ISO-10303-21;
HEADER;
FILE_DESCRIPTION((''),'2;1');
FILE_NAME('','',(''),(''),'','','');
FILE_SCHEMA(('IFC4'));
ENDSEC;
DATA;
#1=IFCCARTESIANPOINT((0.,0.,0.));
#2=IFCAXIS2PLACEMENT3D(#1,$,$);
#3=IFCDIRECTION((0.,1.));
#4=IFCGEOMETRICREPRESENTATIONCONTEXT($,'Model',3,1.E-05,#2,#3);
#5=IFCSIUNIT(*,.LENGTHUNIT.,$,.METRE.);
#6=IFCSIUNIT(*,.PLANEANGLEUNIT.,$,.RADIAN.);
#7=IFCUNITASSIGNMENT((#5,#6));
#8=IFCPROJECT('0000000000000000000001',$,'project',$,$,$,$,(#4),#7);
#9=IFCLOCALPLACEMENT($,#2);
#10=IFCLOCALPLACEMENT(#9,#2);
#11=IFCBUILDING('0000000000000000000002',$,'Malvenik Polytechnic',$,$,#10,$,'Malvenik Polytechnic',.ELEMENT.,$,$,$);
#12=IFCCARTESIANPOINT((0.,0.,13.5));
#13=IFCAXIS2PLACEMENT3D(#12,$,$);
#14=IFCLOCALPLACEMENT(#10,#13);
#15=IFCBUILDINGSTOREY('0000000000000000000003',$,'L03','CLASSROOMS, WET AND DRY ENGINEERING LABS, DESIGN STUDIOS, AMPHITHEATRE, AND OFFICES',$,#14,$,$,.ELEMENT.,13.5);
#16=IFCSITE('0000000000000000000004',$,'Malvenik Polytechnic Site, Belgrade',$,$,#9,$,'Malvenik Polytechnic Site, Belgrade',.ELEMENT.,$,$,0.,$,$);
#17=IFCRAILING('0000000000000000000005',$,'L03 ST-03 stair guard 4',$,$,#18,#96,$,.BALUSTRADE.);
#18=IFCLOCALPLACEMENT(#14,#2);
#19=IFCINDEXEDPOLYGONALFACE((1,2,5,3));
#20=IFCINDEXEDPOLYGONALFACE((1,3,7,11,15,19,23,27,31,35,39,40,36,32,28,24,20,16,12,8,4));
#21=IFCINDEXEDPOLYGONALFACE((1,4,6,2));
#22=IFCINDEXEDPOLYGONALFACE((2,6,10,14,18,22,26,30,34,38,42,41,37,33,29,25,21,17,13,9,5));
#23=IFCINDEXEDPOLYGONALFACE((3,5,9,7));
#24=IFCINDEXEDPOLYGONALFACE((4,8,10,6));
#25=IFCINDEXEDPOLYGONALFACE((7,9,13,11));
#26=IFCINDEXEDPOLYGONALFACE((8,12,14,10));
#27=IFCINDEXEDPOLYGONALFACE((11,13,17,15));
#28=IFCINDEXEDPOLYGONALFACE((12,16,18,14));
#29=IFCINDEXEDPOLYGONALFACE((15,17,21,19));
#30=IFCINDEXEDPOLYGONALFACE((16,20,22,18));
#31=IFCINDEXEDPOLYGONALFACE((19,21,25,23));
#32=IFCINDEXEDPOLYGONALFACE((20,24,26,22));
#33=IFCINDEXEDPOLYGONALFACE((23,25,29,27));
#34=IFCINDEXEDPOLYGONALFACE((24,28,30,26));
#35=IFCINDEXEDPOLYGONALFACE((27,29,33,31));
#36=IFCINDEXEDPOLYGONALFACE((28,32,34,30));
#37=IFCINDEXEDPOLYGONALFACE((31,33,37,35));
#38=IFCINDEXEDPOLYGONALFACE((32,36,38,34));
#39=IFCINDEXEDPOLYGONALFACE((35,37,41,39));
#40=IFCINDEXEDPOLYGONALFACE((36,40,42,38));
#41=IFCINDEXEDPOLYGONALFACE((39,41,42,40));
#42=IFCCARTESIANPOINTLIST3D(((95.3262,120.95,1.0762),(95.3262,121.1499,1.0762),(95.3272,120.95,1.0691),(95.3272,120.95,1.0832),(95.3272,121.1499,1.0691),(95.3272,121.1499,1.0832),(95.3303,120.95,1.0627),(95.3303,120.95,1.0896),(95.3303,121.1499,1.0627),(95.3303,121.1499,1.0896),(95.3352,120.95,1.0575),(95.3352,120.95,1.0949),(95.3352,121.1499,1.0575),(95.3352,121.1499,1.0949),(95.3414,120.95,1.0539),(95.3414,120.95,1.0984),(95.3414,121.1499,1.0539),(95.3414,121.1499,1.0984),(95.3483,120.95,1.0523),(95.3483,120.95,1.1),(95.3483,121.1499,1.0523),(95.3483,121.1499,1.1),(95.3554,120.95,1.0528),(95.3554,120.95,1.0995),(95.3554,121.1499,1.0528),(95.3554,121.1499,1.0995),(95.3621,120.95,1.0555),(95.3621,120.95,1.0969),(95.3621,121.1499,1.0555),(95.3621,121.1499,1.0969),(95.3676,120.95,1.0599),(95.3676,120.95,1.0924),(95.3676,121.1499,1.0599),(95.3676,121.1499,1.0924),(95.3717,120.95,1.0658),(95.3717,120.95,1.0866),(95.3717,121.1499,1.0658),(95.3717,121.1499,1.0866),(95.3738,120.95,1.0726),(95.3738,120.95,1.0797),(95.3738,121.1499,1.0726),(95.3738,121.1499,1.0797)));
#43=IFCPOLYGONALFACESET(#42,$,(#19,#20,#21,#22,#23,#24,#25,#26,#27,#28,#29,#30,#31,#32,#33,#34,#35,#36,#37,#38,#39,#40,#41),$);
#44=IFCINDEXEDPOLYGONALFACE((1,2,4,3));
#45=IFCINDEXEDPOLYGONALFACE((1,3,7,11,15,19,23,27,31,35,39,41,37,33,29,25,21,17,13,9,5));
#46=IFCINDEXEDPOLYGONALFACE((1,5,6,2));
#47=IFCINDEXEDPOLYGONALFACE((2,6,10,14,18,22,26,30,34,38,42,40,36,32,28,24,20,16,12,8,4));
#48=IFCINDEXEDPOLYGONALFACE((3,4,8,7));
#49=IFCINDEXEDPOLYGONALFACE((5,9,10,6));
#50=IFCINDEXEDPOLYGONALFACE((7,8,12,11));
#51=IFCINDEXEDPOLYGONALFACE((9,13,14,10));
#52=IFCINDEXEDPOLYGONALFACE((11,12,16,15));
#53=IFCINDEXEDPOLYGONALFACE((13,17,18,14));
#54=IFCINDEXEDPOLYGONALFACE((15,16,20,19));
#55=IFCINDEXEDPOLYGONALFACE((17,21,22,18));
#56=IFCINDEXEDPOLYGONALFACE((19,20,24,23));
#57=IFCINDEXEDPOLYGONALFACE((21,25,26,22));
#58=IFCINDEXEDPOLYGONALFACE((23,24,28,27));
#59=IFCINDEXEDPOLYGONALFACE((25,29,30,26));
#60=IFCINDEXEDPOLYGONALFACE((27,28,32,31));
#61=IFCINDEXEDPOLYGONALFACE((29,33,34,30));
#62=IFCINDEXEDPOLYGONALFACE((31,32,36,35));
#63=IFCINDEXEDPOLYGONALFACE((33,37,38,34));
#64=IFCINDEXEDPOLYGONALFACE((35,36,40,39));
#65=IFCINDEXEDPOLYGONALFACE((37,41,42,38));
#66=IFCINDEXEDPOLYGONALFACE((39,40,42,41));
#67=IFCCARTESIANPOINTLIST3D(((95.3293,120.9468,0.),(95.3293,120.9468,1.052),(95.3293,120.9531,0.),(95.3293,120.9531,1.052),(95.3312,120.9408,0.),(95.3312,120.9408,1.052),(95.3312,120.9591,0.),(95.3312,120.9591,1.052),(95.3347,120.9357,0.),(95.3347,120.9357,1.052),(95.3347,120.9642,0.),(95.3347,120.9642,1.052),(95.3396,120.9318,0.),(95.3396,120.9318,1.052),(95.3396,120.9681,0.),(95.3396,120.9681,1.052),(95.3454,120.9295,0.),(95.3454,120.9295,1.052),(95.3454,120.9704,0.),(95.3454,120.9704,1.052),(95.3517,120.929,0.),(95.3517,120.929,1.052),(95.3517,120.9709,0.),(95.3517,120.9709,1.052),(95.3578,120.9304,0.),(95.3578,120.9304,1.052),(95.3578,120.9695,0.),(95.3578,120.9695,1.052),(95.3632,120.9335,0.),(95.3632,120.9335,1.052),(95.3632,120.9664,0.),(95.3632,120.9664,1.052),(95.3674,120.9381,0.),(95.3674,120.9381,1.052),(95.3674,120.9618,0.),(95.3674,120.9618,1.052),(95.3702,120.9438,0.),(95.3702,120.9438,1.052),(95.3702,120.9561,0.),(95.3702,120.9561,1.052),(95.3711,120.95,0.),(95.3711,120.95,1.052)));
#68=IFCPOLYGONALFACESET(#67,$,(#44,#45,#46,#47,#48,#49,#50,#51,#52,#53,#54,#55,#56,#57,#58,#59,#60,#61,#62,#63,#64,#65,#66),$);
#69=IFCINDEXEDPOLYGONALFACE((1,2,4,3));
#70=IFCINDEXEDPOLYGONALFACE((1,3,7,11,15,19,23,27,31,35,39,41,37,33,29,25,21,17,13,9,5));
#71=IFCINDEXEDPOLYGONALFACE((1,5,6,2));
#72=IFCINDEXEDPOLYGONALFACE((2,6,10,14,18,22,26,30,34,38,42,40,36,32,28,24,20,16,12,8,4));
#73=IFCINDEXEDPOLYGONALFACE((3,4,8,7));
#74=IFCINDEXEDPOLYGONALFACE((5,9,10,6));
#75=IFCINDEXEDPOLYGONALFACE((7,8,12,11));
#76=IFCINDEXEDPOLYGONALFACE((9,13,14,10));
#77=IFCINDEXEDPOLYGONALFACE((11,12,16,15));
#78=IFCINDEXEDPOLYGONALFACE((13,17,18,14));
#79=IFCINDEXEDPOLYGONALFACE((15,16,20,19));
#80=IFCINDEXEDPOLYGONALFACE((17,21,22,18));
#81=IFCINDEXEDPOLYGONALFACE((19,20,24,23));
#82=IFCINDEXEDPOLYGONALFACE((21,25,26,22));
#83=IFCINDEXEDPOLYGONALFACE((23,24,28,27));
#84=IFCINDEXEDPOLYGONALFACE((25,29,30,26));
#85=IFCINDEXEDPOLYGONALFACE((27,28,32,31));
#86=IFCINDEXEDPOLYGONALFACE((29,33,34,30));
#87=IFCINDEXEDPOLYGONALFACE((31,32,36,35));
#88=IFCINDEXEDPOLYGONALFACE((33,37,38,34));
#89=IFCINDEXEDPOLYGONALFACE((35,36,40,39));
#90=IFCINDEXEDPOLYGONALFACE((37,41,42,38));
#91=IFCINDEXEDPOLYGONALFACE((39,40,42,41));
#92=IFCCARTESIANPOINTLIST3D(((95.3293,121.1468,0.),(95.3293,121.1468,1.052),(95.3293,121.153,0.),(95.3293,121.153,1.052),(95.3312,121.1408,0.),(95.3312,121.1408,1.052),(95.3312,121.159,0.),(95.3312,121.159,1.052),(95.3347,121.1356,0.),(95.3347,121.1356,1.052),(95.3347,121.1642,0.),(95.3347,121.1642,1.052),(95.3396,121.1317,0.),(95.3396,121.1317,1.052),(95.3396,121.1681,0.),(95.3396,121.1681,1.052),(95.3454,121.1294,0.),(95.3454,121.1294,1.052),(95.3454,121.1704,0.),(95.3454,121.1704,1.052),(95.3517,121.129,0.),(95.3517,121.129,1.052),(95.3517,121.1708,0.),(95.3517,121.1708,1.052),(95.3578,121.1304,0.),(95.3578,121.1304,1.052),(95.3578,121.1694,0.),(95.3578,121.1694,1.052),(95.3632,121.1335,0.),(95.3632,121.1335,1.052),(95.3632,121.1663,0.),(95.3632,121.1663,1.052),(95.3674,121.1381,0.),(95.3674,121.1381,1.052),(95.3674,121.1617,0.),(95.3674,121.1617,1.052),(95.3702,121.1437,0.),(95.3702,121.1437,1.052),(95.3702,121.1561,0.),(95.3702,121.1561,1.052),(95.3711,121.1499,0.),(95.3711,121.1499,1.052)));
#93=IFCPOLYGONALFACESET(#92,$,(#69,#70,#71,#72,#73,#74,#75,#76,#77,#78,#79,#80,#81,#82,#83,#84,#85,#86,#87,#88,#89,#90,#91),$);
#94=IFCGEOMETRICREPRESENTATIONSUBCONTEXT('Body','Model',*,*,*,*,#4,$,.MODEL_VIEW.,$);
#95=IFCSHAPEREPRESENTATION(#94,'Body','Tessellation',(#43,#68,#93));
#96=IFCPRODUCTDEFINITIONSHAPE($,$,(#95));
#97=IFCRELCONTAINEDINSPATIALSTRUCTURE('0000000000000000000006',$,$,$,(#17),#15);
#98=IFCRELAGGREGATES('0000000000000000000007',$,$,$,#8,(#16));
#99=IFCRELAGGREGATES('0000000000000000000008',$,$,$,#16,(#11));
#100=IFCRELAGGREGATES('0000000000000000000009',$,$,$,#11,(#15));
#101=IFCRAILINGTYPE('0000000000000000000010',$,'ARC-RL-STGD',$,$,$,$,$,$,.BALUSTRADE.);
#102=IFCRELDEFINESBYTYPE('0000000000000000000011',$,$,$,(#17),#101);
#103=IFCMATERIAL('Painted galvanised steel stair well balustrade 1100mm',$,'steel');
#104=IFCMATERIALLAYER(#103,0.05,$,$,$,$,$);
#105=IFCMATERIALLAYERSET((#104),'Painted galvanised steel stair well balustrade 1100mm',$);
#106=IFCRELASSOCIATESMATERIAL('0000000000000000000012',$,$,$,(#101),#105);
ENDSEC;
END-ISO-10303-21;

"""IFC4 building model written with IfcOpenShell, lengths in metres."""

from ifc_helpers import new_model, si_unit, direction, frame, origin, origin_2d, place, context, subcontext, project, spatial, circle, extrude, material, layer, layer_set, type_object, element, save


model = new_model("IFC4")

# Units and contexts
model_context = context("Model", 3, precision=1e-05, world=origin(), true_north=direction((0.0, 1.0)))
body_context = subcontext(model_context, "Body", "Model", "MODEL_VIEW")
ifc_project = project(units=[si_unit("LENGTHUNIT", "METRE"), si_unit("PLANEANGLEUNIT", "RADIAN")], contexts=[model_context])

# Site, building, storey
site_placement = place(None, origin())
site = spatial("IfcSite", under=ifc_project, at=site_placement, Name="Malvenik Polytechnic Site, Belgrade", LongName="Malvenik Polytechnic Site, Belgrade", CompositionType="ELEMENT", RefElevation=0.0)
building_placement = place(site_placement, origin())
building = spatial("IfcBuilding", under=site, at=building_placement, Name="Malvenik Polytechnic", LongName="Malvenik Polytechnic", CompositionType="ELEMENT")
storey_placement = place(building_placement, frame((0.0, 0.0, 13.5)))
storey = spatial("IfcBuildingStorey", under=building, at=storey_placement, Name="L03", Description="CLASSROOMS, WET AND DRY ENGINEERING LABS, DESIGN STUDIOS, AMPHITHEATRE, AND OFFICES", CompositionType="ELEMENT", Elevation=13.5)

# Railing
ifc_material_1 = material(Name="Painted galvanised steel stair well balustrade 1100mm", Category="steel")
ifc_layer_1 = layer(ifc_material_1, 0.05)
ifc_layer_set_1 = layer_set([ifc_layer_1], Name="Painted galvanised steel stair well balustrade 1100mm")
railing_type_1 = type_object("IfcRailingType", Name="ARC-RL-STGD", PredefinedType="BALUSTRADE", material=ifc_layer_set_1)
railing_1_placement = place(storey_placement, frame((95.3501, 120.95, 0.0)))
element("IfcRailing", 1, at=railing_1_placement, inside=storey, type_object=railing_type_1, Name="L03 ST-03 stair guard 4", PredefinedType="BALUSTRADE", context=body_context, shape_type="SweptSolid", body=[
    extrude(circle(Radius=0.0239, at=origin_2d()), frame((0.0, 0.0, 1.0762), z_axis=(0.0, 1.0, 0.0), x_axis=(-1.0, 0.0, 0.0)), (0.0, 0.0, 1.0), 0.2),
    extrude(circle(Radius=0.021, at=origin_2d()), origin(), (0.0, 0.0, 1.0), 1.052),
    extrude(circle(Radius=0.021, at=origin_2d()), frame((0.0, 0.2, 0.0)), (0.0, 0.0, 1.0), 1.052),
])

save(model, "model.ifc")
